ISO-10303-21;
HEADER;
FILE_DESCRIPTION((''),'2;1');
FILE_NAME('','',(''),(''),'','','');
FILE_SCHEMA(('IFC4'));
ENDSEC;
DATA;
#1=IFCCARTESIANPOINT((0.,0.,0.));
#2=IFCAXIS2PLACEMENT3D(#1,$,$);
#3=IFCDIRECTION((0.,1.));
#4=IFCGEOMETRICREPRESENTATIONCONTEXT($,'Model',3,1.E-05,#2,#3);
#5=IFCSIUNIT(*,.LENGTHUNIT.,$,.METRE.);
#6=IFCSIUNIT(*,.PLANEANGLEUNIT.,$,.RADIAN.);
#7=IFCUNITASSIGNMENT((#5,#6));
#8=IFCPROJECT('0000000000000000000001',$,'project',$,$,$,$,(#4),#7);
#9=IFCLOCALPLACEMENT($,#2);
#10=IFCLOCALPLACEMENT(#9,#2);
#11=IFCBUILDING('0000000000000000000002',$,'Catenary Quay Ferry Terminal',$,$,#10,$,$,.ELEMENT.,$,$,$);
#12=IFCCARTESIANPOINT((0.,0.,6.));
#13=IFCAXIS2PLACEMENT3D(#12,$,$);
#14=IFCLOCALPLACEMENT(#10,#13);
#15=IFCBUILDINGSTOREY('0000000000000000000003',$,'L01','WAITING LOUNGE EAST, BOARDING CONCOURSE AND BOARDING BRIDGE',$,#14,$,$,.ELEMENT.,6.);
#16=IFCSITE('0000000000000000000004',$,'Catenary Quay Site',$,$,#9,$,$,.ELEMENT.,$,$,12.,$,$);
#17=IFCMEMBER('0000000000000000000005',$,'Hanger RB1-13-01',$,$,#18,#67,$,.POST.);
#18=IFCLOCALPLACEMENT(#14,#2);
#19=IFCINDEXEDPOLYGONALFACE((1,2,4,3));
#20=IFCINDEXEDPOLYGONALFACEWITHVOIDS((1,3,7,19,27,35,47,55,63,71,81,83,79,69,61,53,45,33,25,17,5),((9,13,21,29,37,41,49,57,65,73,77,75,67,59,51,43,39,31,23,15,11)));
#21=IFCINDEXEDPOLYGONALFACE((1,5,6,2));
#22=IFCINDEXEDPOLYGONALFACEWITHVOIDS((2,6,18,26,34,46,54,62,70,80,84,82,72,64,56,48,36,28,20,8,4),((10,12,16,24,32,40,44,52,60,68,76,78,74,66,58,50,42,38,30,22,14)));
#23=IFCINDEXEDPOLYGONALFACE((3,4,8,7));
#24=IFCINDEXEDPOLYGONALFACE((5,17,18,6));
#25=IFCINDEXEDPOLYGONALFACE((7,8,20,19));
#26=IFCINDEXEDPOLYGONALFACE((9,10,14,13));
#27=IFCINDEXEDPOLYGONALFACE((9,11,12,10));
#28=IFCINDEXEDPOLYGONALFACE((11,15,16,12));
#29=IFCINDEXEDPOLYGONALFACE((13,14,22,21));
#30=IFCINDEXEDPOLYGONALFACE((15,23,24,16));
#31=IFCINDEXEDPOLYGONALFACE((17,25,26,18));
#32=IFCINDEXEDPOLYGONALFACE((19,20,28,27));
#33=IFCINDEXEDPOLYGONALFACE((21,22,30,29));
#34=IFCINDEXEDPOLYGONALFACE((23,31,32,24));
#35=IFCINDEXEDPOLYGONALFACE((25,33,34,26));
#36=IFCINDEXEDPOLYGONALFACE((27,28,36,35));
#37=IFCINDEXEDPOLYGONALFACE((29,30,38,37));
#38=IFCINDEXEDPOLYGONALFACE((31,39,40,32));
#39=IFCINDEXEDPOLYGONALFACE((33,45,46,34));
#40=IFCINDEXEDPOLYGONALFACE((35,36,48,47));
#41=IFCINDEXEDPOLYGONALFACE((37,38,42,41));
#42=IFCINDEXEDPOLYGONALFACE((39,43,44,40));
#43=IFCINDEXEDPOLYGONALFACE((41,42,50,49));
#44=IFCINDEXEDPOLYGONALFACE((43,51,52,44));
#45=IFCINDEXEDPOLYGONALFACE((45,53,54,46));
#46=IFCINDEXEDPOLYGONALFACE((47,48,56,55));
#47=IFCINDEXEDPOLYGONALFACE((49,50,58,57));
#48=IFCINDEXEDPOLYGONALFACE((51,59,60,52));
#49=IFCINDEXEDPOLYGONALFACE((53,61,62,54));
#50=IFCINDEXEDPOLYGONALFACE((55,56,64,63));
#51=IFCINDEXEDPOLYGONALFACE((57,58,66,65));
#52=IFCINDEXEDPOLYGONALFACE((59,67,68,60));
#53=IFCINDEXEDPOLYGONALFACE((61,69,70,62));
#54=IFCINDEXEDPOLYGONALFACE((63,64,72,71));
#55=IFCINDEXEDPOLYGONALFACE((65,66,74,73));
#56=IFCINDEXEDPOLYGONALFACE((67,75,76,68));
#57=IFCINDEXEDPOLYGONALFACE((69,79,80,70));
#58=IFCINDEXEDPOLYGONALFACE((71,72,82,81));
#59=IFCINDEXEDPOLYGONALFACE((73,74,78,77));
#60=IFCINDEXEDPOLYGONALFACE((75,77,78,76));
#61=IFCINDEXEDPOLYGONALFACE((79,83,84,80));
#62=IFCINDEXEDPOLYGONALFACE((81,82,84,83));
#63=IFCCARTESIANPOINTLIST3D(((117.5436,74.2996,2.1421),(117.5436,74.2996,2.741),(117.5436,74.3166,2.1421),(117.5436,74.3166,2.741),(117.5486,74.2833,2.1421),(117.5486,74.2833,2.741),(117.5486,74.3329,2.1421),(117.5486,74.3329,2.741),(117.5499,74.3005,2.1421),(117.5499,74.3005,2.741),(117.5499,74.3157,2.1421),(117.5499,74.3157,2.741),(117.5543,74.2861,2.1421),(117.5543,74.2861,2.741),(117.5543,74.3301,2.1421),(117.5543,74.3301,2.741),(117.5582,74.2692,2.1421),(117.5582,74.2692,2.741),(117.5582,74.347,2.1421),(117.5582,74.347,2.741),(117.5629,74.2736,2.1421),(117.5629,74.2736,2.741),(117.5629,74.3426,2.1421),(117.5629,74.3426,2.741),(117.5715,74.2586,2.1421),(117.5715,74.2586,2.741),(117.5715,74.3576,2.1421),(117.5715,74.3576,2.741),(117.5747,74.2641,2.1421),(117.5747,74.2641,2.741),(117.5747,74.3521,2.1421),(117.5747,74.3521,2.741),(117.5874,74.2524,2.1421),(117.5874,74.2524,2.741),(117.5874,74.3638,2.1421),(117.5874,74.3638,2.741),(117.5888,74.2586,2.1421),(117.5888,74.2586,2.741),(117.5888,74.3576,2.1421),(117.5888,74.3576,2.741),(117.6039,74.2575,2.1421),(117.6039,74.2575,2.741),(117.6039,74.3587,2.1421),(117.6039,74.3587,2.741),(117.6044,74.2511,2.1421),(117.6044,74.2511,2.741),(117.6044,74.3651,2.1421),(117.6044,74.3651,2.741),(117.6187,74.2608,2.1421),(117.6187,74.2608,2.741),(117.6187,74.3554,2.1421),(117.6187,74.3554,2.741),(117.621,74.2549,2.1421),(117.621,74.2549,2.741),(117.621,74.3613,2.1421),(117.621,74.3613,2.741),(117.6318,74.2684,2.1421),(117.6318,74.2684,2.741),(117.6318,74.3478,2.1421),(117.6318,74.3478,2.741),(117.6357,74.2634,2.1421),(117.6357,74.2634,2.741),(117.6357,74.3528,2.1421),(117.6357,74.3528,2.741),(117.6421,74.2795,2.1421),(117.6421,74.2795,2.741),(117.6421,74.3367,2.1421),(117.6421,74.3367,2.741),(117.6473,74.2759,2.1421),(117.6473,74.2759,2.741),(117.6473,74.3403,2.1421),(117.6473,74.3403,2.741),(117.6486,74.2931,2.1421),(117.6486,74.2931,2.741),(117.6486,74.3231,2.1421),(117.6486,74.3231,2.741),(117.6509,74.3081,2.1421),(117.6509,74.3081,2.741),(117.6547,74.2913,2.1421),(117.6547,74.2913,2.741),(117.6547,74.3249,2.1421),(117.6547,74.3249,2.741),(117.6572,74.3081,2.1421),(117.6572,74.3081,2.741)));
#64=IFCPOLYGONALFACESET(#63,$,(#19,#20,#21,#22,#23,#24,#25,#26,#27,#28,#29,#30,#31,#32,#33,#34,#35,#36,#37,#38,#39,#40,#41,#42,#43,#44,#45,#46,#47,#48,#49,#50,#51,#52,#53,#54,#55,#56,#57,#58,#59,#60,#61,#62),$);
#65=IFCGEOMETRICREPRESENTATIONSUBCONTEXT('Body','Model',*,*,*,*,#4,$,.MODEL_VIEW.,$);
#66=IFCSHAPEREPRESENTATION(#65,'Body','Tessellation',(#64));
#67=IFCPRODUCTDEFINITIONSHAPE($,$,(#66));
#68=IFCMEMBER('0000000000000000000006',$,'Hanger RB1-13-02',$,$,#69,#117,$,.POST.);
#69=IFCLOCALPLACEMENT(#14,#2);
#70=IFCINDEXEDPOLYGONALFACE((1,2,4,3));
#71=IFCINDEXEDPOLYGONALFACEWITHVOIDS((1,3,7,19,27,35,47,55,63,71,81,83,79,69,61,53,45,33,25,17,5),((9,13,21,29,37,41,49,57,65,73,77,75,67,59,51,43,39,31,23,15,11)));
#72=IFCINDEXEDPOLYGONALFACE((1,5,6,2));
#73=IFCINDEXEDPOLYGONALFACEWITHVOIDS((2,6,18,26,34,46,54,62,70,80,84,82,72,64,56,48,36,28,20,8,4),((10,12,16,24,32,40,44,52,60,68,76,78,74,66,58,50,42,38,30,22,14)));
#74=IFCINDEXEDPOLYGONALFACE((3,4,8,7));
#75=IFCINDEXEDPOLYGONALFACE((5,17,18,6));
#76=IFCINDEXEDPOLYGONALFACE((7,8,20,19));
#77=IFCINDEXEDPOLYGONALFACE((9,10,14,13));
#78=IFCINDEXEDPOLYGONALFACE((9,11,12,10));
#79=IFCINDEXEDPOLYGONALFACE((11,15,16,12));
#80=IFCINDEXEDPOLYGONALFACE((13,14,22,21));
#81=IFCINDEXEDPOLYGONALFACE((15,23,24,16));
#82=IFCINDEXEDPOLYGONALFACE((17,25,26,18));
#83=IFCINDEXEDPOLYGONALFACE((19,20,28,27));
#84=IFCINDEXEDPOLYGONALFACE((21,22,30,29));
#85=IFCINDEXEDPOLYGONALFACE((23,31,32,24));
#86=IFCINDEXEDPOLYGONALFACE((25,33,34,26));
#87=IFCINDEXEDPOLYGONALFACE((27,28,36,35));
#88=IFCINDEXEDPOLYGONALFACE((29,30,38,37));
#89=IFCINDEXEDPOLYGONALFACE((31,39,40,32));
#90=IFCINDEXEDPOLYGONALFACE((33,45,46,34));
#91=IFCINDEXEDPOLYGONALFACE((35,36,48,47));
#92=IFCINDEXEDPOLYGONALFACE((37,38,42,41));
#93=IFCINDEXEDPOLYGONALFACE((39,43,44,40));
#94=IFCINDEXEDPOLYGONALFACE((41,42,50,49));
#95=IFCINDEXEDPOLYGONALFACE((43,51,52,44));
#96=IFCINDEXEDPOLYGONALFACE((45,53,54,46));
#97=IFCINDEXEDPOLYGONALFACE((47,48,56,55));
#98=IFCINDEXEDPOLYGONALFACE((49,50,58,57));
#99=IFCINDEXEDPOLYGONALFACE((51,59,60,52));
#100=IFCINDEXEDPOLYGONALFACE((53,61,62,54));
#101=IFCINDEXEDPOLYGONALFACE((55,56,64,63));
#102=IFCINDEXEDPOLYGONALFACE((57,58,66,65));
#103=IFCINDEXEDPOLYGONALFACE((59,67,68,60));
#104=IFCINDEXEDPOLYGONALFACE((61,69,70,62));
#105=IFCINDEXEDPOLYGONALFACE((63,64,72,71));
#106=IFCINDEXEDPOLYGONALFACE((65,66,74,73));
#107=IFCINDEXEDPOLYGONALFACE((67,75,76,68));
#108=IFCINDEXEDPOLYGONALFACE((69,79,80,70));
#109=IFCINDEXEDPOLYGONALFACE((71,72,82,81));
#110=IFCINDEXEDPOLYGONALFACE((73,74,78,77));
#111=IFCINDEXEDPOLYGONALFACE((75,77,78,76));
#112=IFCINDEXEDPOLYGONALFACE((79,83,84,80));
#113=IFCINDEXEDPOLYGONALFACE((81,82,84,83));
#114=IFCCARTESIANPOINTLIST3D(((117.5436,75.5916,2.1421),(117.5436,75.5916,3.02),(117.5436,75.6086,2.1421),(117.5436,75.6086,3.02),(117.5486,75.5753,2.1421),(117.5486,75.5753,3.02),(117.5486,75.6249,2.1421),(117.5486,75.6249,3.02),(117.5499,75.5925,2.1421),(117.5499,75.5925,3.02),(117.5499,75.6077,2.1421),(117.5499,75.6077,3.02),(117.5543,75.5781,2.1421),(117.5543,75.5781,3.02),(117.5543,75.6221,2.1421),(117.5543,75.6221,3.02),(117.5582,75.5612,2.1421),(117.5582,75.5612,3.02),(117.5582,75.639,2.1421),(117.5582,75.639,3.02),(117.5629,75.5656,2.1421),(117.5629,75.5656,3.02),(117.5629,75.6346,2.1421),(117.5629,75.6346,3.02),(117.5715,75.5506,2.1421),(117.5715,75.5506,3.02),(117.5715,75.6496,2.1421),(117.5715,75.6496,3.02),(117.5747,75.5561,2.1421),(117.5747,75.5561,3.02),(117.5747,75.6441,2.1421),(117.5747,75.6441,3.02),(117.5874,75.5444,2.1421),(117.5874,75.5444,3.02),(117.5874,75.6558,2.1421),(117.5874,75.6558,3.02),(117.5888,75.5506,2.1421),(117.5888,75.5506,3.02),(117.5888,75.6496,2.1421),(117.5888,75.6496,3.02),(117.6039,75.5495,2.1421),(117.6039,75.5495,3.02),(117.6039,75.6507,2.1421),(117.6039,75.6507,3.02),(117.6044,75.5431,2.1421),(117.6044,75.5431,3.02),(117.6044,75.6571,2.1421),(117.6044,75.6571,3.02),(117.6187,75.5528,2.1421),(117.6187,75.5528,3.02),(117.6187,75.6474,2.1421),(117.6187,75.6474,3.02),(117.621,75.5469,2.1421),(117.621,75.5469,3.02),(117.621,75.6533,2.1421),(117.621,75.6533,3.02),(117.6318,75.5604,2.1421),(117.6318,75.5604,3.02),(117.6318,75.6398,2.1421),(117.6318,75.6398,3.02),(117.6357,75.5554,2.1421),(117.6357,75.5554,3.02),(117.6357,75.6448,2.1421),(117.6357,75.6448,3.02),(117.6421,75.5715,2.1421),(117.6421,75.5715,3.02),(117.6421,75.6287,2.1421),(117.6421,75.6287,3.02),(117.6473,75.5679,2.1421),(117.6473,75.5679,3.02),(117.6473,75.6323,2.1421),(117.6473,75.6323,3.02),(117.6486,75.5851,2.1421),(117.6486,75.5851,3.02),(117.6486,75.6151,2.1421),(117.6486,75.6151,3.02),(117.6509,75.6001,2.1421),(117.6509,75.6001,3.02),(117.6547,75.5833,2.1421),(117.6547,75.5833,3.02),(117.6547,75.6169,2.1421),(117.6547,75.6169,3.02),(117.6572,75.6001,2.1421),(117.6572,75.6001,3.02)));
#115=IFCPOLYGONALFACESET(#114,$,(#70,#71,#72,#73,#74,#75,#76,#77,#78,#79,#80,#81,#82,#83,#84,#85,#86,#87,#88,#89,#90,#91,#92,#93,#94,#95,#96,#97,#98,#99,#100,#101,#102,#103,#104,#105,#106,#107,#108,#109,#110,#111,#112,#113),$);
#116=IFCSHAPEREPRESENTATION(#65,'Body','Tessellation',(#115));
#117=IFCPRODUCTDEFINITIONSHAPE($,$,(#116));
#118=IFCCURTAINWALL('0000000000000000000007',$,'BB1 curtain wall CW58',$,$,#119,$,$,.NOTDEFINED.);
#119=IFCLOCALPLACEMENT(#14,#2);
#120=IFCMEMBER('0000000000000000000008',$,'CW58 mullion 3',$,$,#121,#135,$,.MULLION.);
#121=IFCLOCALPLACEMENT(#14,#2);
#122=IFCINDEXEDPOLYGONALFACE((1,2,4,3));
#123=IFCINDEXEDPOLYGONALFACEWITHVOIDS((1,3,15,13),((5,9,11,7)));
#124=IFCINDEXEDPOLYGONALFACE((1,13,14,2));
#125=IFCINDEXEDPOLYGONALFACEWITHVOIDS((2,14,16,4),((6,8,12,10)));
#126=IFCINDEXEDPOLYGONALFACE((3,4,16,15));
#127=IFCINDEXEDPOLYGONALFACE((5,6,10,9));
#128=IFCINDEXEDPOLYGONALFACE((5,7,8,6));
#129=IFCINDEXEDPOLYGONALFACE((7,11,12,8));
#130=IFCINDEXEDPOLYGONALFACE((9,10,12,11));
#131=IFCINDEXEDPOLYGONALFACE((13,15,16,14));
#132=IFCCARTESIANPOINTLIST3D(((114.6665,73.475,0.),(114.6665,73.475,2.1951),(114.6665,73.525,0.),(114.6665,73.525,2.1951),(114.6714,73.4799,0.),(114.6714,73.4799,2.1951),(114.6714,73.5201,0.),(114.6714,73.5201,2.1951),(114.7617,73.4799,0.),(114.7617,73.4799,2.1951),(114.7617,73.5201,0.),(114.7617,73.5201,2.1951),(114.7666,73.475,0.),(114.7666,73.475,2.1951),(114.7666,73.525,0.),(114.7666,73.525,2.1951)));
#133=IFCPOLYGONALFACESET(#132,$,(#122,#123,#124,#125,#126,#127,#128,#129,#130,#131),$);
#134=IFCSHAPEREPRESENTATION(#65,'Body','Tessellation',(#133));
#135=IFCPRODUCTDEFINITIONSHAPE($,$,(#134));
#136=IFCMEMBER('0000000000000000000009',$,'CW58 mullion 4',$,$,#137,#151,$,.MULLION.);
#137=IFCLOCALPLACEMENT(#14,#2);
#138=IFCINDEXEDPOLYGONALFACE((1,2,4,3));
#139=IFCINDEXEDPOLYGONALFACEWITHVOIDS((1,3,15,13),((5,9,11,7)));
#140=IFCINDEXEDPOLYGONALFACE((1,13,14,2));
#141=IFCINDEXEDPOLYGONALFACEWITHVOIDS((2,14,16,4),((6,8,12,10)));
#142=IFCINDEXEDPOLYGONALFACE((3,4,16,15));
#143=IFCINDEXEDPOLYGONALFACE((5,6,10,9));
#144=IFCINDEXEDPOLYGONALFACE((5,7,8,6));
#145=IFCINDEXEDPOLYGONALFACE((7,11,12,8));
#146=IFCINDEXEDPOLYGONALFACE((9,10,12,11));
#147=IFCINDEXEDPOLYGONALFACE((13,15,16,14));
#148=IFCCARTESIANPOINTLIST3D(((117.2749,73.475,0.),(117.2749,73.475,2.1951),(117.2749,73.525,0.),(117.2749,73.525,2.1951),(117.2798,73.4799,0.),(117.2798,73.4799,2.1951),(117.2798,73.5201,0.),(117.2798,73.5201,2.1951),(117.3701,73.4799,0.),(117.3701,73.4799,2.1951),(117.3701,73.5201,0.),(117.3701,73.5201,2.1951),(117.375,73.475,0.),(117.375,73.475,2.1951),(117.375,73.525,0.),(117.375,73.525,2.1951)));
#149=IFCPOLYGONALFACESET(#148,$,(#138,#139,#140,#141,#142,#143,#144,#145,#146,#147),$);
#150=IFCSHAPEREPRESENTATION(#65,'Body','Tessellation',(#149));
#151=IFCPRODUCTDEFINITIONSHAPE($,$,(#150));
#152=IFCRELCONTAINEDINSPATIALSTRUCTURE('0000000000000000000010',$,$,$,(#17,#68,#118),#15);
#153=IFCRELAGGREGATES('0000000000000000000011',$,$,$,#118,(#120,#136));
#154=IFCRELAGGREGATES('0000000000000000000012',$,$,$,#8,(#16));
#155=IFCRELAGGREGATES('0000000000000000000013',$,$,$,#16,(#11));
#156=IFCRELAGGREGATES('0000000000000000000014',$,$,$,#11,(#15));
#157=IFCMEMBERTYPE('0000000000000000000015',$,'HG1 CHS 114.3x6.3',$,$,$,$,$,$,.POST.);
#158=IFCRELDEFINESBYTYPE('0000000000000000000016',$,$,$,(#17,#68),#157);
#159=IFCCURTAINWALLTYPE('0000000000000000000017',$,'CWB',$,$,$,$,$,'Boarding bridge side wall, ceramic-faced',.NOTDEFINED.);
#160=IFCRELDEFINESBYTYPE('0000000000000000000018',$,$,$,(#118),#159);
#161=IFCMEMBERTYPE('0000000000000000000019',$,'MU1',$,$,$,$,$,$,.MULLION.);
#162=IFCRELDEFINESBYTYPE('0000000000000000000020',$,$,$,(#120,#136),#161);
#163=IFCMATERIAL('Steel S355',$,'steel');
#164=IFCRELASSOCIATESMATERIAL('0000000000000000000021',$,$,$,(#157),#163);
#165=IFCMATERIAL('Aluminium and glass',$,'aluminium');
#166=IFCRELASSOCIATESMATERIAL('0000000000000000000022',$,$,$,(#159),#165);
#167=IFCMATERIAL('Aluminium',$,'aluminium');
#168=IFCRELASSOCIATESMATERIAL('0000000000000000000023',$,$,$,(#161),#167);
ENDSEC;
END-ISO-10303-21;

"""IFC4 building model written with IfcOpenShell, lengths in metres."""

from ifc_helpers import new_model, si_unit, direction, frame, origin, origin_2d, place, context, subcontext, project, spatial, hollow_rectangle, hollow_circle, extrude, material, material_profile, profile_set, type_object, element, aggregate, save


model = new_model("IFC4")

# Units and contexts
model_context = context("Model", 3, precision=1e-05, world=origin(), true_north=direction((0.0, 1.0)))
body_context = subcontext(model_context, "Body", "Model", "MODEL_VIEW")
ifc_project = project(units=[si_unit("LENGTHUNIT", "METRE"), si_unit("PLANEANGLEUNIT", "RADIAN")], contexts=[model_context])

# Site, building, storey
site_placement = place(None, origin())
site = spatial("IfcSite", under=ifc_project, at=site_placement, Name="Catenary Quay Site", CompositionType="ELEMENT", RefElevation=12.0)
building_placement = place(site_placement, origin())
building = spatial("IfcBuilding", under=site, at=building_placement, Name="Catenary Quay Ferry Terminal", CompositionType="ELEMENT")
storey_placement = place(building_placement, frame((0.0, 0.0, 6.0)))
storey = spatial("IfcBuildingStorey", under=building, at=storey_placement, Name="L01", Description="WAITING LOUNGE EAST, BOARDING CONCOURSE AND BOARDING BRIDGE", CompositionType="ELEMENT", Elevation=6.0)

# Members
ifc_material_1 = material(Name="Steel S355", Category="steel")
ifc_material_profile_1 = material_profile(ifc_material_1, hollow_circle(Radius=0.0571, WallThickness=0.0063, at=origin_2d()), Name="CHS 114.3x6.3")
ifc_profile_set_1 = profile_set([ifc_material_profile_1], Name="Steel S355")
member_type_1 = type_object("IfcMemberType", Name="HG1 CHS 114.3x6.3", PredefinedType="POST", material=ifc_profile_set_1)
for number, where, z_axis, x_axis, name in (
    (1, (117.6001, 74.3081, 2.1421), (0.0, 0.0, 1.0), (1.0, 0.0, 0.0), "Hanger RB1-13-01"),
):
    element("IfcMember", number, at=place(storey_placement, frame(where, z_axis=z_axis, x_axis=x_axis)), inside=storey, type_object=member_type_1, Name=name, PredefinedType="POST", context=body_context, shape_type="SweptSolid", body=[
        extrude(hollow_circle(Radius=0.0571, WallThickness=0.0063, at=origin_2d()), origin(), (0.0, 0.0, 1.0), 0.5989),
    ])
member_1_placement = place(storey_placement, frame((117.6001, 75.6001, 2.1421), z_axis=(0.0, 0.0, 1.0), x_axis=(1.0, 0.0, 0.0)))
element("IfcMember", 2, at=member_1_placement, inside=storey, type_object=member_type_1, Name="Hanger RB1-13-02", PredefinedType="POST", context=body_context, shape_type="SweptSolid", body=[
    extrude(hollow_circle(Radius=0.0571, WallThickness=0.0063, at=origin_2d()), origin(), (0.0, 0.0, 1.0), 0.8779),
])

# Curtain wall, members
ifc_material_2 = material(Name="Aluminium and glass", Category="aluminium")
curtain_wall_type = type_object("IfcCurtainWallType", Name="CWB", ElementType="Boarding bridge side wall, ceramic-faced", PredefinedType="NOTDEFINED", material=ifc_material_2)
curtain_wall_placement = place(storey_placement, origin())
curtain_wall = element("IfcCurtainWall", 3, at=curtain_wall_placement, inside=storey, type_object=curtain_wall_type, Name="BB1 curtain wall CW58", PredefinedType="NOTDEFINED")
ifc_material_3 = material(Name="Aluminium", Category="aluminium")
ifc_material_profile_2 = material_profile(ifc_material_3, hollow_rectangle(XDim=0.05, YDim=0.1001, WallThickness=0.0049, at=origin_2d()), Name="MU1")
ifc_profile_set_2 = profile_set([ifc_material_profile_2], Name="Aluminium")
member_type_2 = type_object("IfcMemberType", Name="MU1", PredefinedType="MULLION", material=ifc_profile_set_2)
member_2_placement = place(storey_placement, frame((114.7166, 73.5, 0.0), z_axis=(0.0, 0.0, 1.0), x_axis=(0.0, 1.0, 0.0)))
member_2 = element("IfcMember", 4, at=member_2_placement, type_object=member_type_2, Name="CW58 mullion 3", PredefinedType="MULLION", context=body_context, shape_type="SweptSolid", body=[
    extrude(hollow_rectangle(XDim=0.05, YDim=0.1001, WallThickness=0.0049, at=origin_2d()), origin(), (0.0, 0.0, 1.0), 2.1951),
])
member_3_placement = place(storey_placement, frame((117.325, 73.5, 0.0), z_axis=(0.0, 0.0, 1.0), x_axis=(0.0, 1.0, 0.0)))
member_3 = element("IfcMember", 5, at=member_3_placement, type_object=member_type_2, Name="CW58 mullion 4", PredefinedType="MULLION", context=body_context, shape_type="SweptSolid", body=[
    extrude(hollow_rectangle(XDim=0.05, YDim=0.1001, WallThickness=0.0049, at=origin_2d()), origin(), (0.0, 0.0, 1.0), 2.1951),
])

aggregate(curtain_wall, [member_2, member_3])

save(model, "model.ifc")
